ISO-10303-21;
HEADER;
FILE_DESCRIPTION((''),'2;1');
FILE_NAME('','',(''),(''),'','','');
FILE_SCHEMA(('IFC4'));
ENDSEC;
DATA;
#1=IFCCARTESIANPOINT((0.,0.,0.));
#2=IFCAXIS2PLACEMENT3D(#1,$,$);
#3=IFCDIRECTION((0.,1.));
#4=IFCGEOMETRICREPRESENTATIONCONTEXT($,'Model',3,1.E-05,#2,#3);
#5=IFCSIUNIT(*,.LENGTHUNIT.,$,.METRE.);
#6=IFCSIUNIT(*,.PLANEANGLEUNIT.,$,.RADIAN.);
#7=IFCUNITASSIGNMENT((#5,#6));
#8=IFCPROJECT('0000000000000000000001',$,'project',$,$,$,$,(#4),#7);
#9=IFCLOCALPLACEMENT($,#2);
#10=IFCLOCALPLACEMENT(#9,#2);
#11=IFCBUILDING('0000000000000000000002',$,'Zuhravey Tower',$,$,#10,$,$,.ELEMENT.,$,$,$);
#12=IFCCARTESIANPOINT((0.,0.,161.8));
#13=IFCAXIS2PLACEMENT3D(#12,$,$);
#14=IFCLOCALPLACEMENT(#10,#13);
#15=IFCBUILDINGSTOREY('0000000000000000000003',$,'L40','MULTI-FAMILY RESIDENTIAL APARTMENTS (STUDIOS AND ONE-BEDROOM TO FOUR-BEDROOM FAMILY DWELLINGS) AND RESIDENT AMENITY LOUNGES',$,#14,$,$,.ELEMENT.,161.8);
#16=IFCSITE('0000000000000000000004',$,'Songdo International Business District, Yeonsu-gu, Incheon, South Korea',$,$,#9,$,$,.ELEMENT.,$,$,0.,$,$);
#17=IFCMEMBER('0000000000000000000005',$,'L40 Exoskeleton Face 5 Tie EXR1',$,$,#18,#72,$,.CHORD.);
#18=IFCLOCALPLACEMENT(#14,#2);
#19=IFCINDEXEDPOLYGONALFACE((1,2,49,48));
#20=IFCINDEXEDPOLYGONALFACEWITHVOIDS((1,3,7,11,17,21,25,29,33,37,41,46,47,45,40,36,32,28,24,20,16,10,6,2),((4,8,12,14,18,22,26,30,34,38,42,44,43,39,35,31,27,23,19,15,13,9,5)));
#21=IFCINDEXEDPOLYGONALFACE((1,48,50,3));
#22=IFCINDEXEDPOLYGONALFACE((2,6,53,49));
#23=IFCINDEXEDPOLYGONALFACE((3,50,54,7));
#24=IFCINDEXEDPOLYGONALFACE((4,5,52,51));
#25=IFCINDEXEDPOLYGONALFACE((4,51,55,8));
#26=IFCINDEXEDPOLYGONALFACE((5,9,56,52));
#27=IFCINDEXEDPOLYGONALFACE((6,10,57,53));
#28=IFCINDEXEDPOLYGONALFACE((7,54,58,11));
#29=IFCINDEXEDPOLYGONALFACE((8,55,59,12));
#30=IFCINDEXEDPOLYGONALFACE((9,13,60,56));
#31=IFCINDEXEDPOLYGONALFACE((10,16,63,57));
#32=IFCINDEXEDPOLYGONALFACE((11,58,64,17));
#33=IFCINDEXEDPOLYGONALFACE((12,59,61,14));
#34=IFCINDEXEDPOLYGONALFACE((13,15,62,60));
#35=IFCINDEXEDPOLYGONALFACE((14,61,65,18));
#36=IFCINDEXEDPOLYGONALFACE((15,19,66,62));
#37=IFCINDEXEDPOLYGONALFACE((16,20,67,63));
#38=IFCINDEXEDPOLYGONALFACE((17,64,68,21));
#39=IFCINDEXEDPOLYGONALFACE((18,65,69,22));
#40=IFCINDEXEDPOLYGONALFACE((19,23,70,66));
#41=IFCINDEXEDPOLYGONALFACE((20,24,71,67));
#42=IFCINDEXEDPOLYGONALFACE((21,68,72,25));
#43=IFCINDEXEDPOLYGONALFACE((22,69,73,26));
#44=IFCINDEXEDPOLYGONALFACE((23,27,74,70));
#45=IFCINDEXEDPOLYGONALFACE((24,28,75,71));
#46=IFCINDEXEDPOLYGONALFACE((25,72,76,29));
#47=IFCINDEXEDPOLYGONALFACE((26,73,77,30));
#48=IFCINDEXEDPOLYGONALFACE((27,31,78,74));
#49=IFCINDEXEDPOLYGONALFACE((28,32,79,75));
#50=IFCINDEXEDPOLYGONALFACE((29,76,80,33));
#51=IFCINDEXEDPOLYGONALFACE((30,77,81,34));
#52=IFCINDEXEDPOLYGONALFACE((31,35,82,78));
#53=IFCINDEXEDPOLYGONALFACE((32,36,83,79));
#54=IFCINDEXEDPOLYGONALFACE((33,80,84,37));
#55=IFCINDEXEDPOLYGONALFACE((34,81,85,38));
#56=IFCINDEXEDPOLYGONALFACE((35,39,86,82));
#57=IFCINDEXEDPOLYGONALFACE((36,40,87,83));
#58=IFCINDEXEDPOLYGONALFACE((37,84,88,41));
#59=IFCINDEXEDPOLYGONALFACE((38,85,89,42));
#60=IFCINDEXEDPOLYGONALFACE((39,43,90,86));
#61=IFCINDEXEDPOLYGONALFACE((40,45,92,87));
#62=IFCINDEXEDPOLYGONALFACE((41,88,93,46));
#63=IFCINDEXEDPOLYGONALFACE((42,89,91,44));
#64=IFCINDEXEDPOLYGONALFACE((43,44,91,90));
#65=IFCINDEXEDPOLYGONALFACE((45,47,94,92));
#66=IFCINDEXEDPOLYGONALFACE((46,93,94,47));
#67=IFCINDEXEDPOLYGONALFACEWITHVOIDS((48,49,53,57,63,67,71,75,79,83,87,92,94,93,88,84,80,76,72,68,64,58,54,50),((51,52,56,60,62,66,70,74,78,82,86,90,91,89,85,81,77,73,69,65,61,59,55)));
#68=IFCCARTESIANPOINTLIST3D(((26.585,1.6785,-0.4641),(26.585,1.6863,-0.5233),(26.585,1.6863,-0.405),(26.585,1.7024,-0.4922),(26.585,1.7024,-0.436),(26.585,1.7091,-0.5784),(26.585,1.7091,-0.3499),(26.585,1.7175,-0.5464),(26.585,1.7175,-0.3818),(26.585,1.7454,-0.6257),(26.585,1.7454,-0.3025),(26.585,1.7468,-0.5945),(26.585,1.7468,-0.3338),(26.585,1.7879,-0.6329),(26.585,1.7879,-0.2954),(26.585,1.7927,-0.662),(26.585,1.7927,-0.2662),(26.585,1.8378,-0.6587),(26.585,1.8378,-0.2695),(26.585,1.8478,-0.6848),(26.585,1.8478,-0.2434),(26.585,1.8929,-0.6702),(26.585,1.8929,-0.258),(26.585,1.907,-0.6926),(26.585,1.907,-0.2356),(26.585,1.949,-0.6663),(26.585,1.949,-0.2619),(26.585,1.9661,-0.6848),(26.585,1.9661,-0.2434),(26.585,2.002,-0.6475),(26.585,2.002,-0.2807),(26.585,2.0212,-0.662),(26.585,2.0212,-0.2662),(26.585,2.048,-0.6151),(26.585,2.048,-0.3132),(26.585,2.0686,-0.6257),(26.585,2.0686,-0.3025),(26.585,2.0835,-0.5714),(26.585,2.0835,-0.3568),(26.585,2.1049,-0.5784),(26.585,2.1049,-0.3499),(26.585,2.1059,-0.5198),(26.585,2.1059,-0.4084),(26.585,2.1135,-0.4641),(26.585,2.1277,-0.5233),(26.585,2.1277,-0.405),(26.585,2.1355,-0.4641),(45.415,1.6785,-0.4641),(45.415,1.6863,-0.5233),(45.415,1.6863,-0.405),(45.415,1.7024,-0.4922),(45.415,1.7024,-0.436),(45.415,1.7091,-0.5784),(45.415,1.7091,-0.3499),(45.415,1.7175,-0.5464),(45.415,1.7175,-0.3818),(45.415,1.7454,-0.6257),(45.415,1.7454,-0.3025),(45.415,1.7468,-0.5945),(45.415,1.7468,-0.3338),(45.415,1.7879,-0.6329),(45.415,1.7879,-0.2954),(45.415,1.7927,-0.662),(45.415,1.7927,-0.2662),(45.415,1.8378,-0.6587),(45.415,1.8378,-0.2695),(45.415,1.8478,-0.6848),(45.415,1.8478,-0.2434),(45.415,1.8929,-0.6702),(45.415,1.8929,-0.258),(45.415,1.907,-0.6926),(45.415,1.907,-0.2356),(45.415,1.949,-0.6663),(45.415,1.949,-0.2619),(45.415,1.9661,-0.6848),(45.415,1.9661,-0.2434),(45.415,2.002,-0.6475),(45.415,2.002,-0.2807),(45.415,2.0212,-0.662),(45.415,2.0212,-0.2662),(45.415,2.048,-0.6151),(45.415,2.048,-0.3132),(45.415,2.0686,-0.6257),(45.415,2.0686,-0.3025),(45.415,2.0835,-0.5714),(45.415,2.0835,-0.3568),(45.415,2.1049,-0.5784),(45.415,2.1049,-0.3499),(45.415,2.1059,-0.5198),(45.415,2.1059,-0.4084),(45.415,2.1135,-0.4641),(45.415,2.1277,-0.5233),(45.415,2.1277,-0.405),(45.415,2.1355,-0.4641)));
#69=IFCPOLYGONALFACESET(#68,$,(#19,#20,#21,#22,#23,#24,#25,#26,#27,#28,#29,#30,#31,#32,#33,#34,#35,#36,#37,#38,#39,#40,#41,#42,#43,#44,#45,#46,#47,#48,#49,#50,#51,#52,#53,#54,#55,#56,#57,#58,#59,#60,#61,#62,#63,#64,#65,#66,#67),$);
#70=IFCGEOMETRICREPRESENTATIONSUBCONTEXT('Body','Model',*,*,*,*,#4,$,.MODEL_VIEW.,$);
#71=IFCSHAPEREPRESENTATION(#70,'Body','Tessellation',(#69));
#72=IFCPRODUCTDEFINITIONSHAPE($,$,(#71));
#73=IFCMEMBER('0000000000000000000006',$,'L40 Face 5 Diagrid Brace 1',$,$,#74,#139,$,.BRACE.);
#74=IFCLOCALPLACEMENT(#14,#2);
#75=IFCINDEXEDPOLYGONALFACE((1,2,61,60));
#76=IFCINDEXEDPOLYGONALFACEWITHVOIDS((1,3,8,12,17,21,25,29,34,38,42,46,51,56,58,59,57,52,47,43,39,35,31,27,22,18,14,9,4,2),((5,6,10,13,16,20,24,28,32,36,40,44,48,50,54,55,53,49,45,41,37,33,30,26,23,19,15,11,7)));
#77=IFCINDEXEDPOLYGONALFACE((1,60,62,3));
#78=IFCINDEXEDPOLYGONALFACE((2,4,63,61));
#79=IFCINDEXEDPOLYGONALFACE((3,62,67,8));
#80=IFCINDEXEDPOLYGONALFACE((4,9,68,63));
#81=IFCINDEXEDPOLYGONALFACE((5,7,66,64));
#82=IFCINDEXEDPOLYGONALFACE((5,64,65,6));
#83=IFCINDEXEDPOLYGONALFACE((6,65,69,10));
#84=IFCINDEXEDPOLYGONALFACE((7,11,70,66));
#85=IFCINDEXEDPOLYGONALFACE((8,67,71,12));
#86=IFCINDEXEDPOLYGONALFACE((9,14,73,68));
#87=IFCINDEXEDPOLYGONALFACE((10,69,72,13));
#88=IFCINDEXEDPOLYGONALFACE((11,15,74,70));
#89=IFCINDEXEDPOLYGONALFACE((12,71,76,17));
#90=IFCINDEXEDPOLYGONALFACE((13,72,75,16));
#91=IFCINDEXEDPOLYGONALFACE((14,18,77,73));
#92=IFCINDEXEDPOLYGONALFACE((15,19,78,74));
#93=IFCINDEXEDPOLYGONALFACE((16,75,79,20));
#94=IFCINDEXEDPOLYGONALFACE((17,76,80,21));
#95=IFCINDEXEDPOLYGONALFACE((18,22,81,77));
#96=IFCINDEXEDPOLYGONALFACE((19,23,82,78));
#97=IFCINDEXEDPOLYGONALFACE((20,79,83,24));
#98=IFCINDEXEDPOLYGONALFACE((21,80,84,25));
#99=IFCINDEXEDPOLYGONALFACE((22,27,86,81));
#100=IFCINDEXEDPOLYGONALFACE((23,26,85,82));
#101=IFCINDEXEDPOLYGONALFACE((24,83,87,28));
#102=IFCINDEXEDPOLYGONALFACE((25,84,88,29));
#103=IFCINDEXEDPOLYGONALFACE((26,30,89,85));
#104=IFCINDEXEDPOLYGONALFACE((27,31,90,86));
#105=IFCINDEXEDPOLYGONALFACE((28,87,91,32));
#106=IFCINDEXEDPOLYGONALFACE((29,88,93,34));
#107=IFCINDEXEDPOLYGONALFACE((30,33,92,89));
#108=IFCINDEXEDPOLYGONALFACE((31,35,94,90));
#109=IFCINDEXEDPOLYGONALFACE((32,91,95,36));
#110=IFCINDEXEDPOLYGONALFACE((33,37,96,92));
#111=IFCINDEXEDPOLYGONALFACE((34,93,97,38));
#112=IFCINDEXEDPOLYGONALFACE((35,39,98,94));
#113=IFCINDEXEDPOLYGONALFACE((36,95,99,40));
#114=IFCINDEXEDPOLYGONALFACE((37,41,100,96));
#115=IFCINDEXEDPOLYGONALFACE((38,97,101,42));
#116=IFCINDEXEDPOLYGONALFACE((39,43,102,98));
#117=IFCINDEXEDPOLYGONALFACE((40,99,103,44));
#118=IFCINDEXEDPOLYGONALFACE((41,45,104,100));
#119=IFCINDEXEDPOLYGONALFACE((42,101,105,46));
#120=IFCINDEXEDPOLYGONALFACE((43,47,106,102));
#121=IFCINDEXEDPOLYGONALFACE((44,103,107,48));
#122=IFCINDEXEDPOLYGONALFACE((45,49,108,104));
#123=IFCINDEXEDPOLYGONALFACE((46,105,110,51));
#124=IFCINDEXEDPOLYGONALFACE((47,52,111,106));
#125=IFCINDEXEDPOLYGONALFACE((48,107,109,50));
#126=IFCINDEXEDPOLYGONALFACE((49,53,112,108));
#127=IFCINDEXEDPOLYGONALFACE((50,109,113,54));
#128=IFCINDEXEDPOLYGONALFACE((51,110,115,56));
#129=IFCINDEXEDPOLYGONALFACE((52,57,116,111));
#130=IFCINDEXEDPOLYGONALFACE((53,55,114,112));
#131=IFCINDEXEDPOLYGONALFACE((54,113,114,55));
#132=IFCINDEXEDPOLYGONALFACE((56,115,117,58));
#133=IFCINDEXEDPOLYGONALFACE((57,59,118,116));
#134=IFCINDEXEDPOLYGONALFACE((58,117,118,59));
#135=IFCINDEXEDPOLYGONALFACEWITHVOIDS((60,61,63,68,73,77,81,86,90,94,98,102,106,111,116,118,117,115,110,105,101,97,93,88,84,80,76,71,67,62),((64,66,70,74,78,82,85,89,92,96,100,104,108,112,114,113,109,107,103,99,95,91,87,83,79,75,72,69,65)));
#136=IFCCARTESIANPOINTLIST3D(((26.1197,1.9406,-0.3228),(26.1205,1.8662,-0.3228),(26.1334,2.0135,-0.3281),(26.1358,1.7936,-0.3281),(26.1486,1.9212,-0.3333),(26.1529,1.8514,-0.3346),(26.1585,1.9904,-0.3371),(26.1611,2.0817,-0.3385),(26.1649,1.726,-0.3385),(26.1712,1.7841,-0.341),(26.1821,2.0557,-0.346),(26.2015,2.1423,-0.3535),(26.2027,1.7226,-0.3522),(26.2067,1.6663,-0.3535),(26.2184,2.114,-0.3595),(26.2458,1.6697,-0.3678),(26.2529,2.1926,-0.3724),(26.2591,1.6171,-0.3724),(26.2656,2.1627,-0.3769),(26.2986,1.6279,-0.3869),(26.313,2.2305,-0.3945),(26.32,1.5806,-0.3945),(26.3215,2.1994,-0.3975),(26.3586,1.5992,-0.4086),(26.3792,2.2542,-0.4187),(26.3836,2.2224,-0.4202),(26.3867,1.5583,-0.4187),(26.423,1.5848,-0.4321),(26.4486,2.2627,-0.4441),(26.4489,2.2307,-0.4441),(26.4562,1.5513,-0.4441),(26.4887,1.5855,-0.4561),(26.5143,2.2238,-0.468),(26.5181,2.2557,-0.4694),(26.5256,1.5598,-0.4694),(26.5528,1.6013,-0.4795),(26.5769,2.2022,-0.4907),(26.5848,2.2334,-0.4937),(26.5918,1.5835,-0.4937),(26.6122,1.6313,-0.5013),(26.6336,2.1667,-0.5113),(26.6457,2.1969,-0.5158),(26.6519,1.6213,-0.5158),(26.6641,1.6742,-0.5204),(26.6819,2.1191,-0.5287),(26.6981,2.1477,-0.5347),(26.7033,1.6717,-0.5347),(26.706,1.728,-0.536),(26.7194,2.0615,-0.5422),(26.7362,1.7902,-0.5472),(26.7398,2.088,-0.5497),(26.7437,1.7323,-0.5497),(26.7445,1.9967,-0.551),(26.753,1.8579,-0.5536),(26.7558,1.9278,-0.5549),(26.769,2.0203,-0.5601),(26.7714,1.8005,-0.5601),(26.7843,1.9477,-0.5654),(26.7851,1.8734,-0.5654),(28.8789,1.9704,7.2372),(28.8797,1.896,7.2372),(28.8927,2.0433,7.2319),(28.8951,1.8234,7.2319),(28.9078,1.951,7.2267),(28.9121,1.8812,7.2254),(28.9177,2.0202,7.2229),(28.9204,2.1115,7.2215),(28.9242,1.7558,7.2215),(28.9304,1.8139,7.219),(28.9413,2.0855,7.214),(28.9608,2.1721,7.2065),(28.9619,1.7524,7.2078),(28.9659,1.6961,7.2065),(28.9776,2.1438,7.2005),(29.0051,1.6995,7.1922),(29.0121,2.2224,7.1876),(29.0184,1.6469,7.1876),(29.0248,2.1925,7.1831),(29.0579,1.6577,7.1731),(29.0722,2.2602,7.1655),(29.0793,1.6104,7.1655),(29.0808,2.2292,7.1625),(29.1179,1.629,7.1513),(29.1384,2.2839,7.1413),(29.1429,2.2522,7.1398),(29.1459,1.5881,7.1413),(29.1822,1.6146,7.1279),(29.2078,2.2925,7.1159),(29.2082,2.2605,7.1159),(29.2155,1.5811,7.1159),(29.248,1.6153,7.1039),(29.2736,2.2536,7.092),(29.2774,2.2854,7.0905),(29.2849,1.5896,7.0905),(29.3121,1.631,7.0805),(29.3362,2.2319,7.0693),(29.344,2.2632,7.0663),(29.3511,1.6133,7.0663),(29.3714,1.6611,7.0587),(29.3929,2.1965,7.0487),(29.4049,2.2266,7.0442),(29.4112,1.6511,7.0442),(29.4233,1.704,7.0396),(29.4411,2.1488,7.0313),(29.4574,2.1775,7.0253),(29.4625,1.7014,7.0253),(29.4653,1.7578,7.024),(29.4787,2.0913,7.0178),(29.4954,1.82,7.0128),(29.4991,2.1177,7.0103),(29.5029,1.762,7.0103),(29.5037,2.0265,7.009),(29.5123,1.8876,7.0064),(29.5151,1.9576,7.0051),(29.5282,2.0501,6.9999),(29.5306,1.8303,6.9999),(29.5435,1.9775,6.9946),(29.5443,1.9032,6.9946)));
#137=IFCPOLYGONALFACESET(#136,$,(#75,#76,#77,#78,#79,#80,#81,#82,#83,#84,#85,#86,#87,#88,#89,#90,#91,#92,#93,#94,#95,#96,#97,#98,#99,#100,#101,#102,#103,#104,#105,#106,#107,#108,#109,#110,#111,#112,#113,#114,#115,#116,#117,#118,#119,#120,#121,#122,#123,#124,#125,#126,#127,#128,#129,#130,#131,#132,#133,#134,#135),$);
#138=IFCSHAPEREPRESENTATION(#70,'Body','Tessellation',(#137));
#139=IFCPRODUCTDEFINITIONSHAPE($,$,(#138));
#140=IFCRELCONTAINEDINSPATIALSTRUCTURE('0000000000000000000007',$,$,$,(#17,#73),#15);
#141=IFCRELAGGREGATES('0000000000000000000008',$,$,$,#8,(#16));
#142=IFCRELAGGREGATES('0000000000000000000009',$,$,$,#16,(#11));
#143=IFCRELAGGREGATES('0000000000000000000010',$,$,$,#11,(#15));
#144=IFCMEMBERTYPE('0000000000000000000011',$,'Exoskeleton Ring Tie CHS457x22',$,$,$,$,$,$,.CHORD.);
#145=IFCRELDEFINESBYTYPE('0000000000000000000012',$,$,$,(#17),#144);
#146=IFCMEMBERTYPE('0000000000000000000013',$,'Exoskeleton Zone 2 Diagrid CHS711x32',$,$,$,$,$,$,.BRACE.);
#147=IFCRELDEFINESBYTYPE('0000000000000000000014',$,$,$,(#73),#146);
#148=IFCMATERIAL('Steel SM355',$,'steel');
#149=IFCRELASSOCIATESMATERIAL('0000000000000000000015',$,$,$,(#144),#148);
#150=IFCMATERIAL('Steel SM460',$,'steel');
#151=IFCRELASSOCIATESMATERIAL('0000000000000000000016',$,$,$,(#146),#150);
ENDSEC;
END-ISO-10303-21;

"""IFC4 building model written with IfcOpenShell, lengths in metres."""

from ifc_helpers import new_model, si_unit, direction, frame, origin, origin_2d, place, context, subcontext, project, spatial, hollow_circle, extrude, material, material_profile, profile_set, type_object, element, save


model = new_model("IFC4")

# Units and contexts
model_context = context("Model", 3, precision=1e-05, world=origin(), true_north=direction((0.0, 1.0)))
body_context = subcontext(model_context, "Body", "Model", "MODEL_VIEW")
ifc_project = project(units=[si_unit("LENGTHUNIT", "METRE"), si_unit("PLANEANGLEUNIT", "RADIAN")], contexts=[model_context])

# Site, building, storey
site_placement = place(None, origin())
site = spatial("IfcSite", under=ifc_project, at=site_placement, Name="Songdo International Business District, Yeonsu-gu, Incheon, South Korea", CompositionType="ELEMENT", RefElevation=0.0)
building_placement = place(site_placement, origin())
building = spatial("IfcBuilding", under=site, at=building_placement, Name="Zuhravey Tower", CompositionType="ELEMENT")
storey_placement = place(building_placement, frame((0.0, 0.0, 161.8)))
storey = spatial("IfcBuildingStorey", under=building, at=storey_placement, Name="L40", Description="MULTI-FAMILY RESIDENTIAL APARTMENTS (STUDIOS AND ONE-BEDROOM TO FOUR-BEDROOM FAMILY DWELLINGS) AND RESIDENT AMENITY LOUNGES", CompositionType="ELEMENT", Elevation=161.8)

# Members
ifc_material_1 = material(Name="Steel SM355", Category="steel")
ifc_material_profile_1 = material_profile(ifc_material_1, hollow_circle(Radius=0.2285, WallThickness=0.022, at=origin_2d()), Name="CHS-457.2x22")
ifc_profile_set_1 = profile_set([ifc_material_profile_1], Name="Steel SM355")
member_type_1 = type_object("IfcMemberType", Name="Exoskeleton Ring Tie CHS457x22", PredefinedType="CHORD", material=ifc_profile_set_1)
member_1_placement = place(storey_placement, frame((26.585, 1.907, -0.4641), z_axis=(1.0, 0.0, 0.0), x_axis=(0.0, 1.0, 0.0)))
element("IfcMember", 1, at=member_1_placement, inside=storey, type_object=member_type_1, Name="L40 Exoskeleton Face 5 Tie EXR1", PredefinedType="CHORD", context=body_context, shape_type="SweptSolid", body=[
    extrude(hollow_circle(Radius=0.2285, WallThickness=0.022, at=origin_2d()), origin(), (0.0, 0.0, 1.0), 18.8301),
])
ifc_material_2 = material(Name="Steel SM460", Category="steel")
ifc_material_profile_2 = material_profile(ifc_material_2, hollow_circle(Radius=0.3557, WallThickness=0.032, at=origin_2d()), Name="CHS-711.2x32")
ifc_profile_set_2 = profile_set([ifc_material_profile_2], Name="Steel SM460")
member_type_2 = type_object("IfcMemberType", Name="Exoskeleton Zone 2 Diagrid CHS711x32", PredefinedType="BRACE", material=ifc_profile_set_2)
member_2_placement = place(storey_placement, frame((26.4524, 1.907, -0.4441), z_axis=(0.342856, 0.003701, 0.939381), x_axis=(-0.010794, 0.999942, 0.0)))
element("IfcMember", 2, at=member_2_placement, inside=storey, type_object=member_type_2, Name="L40 Face 5 Diagrid Brace 1", PredefinedType="BRACE", context=body_context, shape_type="SweptSolid", body=[
    extrude(hollow_circle(Radius=0.3557, WallThickness=0.032, at=origin_2d()), origin(), (0.0, 0.0, 1.0), 8.0479),
])

save(model, "model.ifc")
